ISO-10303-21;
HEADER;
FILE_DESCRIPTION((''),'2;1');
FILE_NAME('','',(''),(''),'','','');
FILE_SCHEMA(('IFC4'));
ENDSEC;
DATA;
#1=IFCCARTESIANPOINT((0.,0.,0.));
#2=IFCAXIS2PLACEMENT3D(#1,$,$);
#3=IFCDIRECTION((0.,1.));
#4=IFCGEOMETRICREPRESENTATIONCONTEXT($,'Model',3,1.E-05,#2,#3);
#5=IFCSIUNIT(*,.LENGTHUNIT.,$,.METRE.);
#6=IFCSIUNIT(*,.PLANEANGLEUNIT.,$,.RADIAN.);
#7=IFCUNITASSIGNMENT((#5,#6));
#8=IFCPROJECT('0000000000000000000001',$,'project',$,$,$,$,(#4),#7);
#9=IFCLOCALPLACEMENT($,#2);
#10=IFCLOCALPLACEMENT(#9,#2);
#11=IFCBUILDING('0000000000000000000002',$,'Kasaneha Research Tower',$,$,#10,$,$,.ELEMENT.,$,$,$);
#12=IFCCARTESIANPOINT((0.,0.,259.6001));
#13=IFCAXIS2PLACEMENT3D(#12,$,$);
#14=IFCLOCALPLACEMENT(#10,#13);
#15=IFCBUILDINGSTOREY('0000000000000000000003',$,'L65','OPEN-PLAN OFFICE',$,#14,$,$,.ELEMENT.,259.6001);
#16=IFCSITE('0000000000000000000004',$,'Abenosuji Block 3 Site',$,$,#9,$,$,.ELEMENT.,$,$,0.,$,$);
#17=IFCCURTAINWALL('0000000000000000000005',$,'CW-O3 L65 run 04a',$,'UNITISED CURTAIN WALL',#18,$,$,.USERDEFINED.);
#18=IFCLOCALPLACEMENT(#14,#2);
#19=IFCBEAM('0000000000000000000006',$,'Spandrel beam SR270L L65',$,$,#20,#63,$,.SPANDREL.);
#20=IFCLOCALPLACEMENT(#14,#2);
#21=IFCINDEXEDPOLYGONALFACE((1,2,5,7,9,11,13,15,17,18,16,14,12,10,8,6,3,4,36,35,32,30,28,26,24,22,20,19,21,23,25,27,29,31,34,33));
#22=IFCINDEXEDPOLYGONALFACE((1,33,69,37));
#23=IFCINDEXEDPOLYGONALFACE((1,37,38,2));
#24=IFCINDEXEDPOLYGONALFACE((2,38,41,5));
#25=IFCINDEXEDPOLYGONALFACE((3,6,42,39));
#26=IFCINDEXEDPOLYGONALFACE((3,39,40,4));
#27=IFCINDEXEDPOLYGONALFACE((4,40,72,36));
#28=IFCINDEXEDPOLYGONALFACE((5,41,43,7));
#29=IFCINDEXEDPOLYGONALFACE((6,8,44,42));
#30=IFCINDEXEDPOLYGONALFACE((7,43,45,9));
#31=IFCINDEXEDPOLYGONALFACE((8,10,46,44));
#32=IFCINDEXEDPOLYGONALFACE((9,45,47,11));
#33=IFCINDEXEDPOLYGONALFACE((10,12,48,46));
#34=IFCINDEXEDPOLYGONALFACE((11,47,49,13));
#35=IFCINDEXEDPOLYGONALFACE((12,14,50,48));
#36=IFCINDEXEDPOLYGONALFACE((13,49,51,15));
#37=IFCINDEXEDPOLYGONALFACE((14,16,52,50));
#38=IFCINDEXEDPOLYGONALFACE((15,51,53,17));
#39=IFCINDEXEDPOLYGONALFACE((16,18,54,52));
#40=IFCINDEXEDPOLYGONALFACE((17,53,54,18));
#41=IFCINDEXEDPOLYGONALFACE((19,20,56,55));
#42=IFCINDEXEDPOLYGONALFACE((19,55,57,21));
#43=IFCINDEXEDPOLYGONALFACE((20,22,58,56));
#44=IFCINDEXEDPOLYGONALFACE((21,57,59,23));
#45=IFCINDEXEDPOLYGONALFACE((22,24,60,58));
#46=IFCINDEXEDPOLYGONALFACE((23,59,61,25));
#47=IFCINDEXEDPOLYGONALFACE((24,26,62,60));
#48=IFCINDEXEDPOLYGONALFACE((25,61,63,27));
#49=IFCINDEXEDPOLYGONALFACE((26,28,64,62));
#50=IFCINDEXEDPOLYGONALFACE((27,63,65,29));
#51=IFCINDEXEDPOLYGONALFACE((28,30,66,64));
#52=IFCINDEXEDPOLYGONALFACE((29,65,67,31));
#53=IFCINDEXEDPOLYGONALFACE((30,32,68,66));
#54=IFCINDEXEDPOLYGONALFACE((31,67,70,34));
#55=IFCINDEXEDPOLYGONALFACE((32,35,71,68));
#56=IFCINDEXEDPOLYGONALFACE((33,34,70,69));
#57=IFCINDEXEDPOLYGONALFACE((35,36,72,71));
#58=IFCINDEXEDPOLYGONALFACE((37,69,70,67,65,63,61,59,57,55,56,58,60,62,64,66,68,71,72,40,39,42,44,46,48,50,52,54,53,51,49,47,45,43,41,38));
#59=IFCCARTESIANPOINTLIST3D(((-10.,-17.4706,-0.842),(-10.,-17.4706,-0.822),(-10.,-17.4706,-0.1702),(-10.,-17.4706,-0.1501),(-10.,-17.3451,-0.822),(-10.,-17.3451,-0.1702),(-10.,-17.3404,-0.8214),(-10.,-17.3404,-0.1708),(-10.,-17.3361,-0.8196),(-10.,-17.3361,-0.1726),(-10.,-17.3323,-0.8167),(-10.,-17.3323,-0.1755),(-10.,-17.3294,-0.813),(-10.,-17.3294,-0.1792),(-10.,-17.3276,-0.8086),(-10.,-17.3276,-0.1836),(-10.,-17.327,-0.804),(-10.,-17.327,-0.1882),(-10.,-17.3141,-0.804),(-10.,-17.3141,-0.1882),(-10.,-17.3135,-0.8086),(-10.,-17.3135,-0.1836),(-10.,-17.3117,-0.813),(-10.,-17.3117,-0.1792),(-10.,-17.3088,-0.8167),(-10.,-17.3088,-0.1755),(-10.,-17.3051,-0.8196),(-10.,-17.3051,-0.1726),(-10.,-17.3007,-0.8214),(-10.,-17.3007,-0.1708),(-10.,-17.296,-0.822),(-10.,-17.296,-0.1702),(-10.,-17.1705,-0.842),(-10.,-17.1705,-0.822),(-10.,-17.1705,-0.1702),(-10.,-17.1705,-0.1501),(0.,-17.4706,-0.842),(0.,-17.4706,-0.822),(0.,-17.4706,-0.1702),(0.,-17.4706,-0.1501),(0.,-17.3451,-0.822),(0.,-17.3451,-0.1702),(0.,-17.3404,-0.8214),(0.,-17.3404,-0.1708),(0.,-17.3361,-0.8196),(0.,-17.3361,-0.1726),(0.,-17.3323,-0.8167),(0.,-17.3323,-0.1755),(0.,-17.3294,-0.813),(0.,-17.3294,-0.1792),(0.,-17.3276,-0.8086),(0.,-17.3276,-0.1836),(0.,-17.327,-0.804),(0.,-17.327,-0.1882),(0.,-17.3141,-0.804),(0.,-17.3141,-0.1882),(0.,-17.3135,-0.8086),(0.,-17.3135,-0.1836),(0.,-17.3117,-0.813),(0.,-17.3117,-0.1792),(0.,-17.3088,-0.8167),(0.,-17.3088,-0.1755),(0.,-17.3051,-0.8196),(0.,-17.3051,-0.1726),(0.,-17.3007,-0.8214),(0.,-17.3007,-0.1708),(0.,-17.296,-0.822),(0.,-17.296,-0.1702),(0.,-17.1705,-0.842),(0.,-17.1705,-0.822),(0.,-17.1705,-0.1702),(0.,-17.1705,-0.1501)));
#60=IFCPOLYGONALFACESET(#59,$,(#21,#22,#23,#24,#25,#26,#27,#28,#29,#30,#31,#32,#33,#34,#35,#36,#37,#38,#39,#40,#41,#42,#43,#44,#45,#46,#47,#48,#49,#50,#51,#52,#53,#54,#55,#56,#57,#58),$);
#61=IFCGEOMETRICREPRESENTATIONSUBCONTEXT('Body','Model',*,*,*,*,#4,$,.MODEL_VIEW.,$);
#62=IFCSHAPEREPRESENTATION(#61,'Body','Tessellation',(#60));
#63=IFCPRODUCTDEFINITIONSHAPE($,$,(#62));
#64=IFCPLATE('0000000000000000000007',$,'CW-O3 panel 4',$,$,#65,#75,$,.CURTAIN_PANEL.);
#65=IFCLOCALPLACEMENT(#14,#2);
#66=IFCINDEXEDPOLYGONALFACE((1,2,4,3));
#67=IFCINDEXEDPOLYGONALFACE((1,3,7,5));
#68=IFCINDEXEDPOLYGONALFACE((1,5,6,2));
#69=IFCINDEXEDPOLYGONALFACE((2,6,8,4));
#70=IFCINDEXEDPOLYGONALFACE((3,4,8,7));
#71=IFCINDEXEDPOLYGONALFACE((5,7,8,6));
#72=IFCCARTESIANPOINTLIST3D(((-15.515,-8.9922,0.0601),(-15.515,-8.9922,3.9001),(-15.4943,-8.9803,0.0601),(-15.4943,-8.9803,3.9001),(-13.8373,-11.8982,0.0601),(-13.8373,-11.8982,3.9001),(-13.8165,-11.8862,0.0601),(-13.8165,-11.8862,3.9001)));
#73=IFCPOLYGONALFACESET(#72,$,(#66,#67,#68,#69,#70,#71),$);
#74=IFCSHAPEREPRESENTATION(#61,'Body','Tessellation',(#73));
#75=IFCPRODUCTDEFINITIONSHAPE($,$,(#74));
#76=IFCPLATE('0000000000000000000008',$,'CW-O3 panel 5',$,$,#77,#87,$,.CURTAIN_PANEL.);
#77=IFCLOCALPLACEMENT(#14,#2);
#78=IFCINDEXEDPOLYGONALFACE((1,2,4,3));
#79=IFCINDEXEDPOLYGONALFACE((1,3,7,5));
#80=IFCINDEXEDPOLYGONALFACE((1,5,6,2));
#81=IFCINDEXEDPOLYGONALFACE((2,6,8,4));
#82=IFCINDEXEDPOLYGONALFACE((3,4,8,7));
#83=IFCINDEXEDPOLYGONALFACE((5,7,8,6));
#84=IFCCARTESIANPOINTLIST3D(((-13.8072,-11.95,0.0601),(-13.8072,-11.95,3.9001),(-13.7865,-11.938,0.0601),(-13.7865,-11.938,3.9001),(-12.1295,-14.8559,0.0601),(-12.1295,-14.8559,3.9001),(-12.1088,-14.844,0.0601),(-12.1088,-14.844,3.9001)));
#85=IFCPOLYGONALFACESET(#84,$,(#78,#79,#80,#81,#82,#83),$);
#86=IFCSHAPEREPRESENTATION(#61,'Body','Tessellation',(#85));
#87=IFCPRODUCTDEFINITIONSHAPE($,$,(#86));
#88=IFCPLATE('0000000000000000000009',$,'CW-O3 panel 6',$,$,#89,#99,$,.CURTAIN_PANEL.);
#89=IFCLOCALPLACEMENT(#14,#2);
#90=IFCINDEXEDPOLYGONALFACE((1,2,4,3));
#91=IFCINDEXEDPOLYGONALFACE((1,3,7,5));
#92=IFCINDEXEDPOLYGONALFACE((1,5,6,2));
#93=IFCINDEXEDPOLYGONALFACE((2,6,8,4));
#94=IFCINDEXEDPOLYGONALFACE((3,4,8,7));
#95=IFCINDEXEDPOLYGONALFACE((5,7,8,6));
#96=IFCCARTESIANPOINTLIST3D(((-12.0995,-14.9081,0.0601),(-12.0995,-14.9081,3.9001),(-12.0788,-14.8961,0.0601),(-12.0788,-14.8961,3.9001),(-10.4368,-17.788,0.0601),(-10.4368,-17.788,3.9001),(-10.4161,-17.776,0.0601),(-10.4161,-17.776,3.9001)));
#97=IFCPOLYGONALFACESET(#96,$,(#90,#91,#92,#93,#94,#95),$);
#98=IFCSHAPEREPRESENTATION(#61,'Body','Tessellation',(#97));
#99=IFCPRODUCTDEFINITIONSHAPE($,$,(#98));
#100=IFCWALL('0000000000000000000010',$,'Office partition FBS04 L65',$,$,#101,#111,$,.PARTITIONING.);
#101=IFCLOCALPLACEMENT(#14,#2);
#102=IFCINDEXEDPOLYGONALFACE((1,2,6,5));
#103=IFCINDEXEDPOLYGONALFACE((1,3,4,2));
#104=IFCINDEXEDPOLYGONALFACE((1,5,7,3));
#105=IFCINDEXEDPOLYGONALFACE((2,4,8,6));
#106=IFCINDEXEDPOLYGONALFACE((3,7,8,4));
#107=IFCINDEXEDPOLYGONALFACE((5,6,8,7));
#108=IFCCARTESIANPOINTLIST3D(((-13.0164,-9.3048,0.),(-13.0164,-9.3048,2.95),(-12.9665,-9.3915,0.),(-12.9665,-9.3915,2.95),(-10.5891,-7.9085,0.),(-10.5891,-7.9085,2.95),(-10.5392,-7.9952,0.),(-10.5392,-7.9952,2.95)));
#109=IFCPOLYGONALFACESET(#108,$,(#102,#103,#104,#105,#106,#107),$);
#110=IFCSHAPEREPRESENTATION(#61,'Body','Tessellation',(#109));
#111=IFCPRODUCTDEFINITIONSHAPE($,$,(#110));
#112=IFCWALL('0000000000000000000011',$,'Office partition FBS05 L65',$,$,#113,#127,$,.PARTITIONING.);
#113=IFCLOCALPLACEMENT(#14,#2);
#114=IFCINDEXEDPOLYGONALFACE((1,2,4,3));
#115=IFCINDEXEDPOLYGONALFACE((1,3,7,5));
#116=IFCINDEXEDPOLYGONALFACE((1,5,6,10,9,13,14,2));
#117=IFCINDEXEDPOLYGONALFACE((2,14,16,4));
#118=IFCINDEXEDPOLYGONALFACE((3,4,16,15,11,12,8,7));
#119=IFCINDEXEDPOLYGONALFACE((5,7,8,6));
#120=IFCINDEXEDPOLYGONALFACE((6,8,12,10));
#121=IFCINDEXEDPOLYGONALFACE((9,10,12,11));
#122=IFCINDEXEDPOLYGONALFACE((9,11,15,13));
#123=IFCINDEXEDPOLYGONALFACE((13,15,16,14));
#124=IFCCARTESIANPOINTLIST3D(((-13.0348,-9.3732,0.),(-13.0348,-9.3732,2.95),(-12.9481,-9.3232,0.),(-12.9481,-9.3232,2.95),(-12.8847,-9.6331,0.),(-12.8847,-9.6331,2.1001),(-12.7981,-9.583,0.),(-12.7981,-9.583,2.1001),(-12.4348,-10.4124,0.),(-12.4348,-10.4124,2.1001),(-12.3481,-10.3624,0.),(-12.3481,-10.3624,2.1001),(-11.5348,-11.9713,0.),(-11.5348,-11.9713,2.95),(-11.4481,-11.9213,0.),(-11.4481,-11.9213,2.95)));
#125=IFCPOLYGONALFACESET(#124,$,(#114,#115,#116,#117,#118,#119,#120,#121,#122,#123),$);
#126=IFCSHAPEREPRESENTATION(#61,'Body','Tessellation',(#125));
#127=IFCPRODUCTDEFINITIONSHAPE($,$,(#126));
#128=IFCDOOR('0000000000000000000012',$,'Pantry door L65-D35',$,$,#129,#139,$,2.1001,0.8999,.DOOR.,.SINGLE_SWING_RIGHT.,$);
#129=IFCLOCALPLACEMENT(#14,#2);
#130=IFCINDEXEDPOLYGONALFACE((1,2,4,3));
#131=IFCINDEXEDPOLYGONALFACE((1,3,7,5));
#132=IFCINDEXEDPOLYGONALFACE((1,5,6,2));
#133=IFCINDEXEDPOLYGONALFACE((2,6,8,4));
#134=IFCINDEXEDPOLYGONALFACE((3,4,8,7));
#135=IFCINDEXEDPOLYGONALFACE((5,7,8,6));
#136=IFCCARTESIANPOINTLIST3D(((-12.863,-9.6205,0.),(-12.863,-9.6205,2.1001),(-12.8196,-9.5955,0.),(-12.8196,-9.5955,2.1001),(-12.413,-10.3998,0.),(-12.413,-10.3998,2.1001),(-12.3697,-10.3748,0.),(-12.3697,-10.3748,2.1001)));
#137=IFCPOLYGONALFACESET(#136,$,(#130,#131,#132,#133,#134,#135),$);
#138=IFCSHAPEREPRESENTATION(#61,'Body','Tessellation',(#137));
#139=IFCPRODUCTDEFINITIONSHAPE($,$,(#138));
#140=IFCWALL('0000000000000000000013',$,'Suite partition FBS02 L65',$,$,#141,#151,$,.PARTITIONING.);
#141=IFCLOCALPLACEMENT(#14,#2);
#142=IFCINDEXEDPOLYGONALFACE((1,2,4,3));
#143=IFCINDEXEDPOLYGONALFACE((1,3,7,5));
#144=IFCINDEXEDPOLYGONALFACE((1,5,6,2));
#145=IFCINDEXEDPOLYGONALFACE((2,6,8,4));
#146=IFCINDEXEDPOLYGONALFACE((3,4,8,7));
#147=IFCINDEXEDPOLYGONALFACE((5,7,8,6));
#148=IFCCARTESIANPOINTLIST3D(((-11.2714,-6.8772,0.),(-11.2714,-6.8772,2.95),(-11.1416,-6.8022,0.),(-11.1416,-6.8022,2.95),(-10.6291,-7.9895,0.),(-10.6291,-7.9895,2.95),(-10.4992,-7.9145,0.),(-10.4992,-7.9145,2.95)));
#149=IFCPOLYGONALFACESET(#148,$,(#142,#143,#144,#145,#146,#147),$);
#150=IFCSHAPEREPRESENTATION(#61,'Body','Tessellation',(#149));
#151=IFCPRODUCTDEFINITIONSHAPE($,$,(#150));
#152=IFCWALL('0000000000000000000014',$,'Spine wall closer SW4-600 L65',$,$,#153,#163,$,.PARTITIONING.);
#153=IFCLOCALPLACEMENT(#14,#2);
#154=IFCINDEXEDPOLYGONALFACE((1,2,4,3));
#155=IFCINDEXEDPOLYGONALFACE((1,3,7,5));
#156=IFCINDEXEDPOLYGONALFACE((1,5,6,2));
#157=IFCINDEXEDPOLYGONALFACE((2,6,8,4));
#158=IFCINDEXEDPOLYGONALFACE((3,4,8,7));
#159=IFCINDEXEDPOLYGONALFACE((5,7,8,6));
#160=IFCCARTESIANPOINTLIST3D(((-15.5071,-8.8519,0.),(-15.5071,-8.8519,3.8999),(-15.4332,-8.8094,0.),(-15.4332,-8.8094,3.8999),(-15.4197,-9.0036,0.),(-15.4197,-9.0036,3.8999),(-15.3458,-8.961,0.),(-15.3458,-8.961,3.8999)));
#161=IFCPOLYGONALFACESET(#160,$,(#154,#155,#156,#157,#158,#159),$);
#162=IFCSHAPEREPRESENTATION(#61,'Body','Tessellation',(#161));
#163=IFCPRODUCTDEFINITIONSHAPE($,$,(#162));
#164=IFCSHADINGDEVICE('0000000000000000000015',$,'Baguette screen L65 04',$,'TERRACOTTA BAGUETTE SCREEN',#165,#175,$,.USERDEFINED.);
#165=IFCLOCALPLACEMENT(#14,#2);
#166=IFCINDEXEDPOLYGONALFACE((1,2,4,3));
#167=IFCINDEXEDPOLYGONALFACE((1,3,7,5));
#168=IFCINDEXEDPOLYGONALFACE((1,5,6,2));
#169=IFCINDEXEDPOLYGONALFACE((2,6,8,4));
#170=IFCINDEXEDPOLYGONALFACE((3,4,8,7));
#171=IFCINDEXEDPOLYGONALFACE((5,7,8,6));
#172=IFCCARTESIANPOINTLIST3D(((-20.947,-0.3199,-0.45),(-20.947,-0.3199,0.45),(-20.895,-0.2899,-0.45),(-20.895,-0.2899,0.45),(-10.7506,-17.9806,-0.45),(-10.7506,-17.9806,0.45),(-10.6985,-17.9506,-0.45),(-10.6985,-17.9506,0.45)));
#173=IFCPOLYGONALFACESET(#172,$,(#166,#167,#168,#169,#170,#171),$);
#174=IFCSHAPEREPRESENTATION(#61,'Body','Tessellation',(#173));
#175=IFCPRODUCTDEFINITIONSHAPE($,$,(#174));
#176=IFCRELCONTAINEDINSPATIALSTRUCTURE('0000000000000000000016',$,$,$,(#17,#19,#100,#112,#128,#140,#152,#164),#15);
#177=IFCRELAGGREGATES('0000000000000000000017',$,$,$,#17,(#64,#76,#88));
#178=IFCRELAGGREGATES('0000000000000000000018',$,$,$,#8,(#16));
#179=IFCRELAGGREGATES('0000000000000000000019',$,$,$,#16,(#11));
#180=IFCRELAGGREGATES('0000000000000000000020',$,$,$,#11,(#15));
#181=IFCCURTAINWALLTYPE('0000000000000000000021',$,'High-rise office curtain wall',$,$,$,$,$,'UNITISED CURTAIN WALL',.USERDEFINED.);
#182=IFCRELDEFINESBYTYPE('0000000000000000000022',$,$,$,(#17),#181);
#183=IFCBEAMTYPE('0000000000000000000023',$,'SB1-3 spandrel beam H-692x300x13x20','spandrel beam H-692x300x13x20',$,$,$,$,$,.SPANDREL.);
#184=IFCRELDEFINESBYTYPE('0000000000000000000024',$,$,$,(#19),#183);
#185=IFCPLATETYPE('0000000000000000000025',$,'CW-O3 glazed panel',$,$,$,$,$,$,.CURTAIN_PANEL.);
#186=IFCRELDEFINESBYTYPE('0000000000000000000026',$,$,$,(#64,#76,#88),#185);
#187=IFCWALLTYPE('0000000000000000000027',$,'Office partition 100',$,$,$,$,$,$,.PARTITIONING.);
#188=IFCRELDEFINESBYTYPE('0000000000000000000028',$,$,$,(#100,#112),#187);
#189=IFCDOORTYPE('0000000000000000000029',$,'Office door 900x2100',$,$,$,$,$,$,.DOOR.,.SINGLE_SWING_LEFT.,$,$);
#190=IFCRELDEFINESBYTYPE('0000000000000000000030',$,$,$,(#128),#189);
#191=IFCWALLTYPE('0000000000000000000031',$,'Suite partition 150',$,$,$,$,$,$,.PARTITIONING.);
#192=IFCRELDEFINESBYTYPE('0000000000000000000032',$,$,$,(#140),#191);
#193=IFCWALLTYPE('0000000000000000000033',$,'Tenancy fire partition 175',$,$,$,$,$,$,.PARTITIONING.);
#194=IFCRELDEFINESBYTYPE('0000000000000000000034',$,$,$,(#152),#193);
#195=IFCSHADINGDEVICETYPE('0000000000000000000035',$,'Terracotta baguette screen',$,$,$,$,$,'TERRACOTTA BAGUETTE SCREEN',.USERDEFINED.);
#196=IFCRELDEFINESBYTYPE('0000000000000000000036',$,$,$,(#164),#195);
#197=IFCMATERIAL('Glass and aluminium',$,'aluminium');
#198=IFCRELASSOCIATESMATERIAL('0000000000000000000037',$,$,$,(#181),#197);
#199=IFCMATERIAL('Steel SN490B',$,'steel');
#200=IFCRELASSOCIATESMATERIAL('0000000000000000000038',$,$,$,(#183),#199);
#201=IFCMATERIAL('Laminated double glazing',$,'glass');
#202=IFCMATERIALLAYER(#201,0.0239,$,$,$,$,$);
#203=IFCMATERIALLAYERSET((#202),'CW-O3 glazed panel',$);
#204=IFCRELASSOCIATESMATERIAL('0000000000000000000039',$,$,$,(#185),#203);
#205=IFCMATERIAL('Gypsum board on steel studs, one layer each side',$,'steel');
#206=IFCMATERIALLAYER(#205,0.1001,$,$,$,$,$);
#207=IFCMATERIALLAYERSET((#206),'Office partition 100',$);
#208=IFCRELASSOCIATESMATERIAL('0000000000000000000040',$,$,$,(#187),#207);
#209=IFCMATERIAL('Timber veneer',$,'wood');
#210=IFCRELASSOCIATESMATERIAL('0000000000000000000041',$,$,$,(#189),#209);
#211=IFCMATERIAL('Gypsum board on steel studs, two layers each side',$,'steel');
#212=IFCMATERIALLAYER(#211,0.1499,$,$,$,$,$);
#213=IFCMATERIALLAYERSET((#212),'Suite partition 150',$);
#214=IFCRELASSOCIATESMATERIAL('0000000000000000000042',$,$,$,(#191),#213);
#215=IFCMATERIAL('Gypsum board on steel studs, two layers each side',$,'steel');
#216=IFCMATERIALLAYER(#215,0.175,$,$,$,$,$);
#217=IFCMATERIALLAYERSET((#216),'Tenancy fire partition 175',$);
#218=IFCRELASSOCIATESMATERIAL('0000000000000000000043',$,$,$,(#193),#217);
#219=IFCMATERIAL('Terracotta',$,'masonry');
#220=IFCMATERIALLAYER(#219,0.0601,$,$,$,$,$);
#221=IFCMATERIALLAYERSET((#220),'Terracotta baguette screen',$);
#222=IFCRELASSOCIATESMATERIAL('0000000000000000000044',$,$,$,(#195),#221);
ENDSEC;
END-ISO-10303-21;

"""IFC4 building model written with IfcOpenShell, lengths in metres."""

from ifc_helpers import new_model, si_unit, direction, frame, frame_2d, origin, origin_2d, place, context, subcontext, project, spatial, rectangle, i_section, extrude, material, layer, layer_set, material_profile, profile_set, type_object, element, fill, aggregate, save


model = new_model("IFC4")

# Units and contexts
model_context = context("Model", 3, precision=1e-05, world=origin(), true_north=direction((0.0, 1.0)))
body_context = subcontext(model_context, "Body", "Model", "MODEL_VIEW")
ifc_project = project(units=[si_unit("LENGTHUNIT", "METRE"), si_unit("PLANEANGLEUNIT", "RADIAN")], contexts=[model_context])

# Site, building, storey
site_placement = place(None, origin())
site = spatial("IfcSite", under=ifc_project, at=site_placement, Name="Abenosuji Block 3 Site", CompositionType="ELEMENT", RefElevation=0.0)
building_placement = place(site_placement, origin())
building = spatial("IfcBuilding", under=site, at=building_placement, Name="Kasaneha Research Tower", CompositionType="ELEMENT")
storey_placement = place(building_placement, frame((0.0, 0.0, 259.6001)))
storey = spatial("IfcBuildingStorey", under=building, at=storey_placement, Name="L65", Description="OPEN-PLAN OFFICE", CompositionType="ELEMENT", Elevation=259.6001)

# Curtain wall
ifc_material_1 = material(Name="Glass and aluminium", Category="aluminium")
curtain_wall_type = type_object("IfcCurtainWallType", Name="High-rise office curtain wall", ElementType="UNITISED CURTAIN WALL", PredefinedType="USERDEFINED", material=ifc_material_1)
curtain_wall_1_placement = place(storey_placement, origin())
curtain_wall_1 = element("IfcCurtainWall", 1, at=curtain_wall_1_placement, inside=storey, type_object=curtain_wall_type, Name="CW-O3 L65 run 04a", ObjectType="UNITISED CURTAIN WALL", PredefinedType="USERDEFINED")

# Beam
ifc_material_2 = material(Name="Steel SN490B", Category="steel")
ifc_material_profile_1 = material_profile(ifc_material_2, i_section(OverallWidth=0.3, OverallDepth=0.6919, WebThickness=0.0129, FlangeThickness=0.02, FilletRadius=0.0181, at=origin_2d()), Name="H-692x300x13x20")
ifc_profile_set_1 = profile_set([ifc_material_profile_1], Name="Steel SN490B")
beam_type_1 = type_object("IfcBeamType", Name="SB1-3 spandrel beam H-692x300x13x20", Description="spandrel beam H-692x300x13x20", PredefinedType="SPANDREL", material=ifc_profile_set_1)
beam_1_placement = place(storey_placement, frame((-10.0, -17.3206, -0.4961), z_axis=(1.0, 0.0, 0.0), x_axis=(0.0, 1.0, 0.0)))
element("IfcBeam", 2, at=beam_1_placement, inside=storey, type_object=beam_type_1, Name="Spandrel beam SR270L L65", PredefinedType="SPANDREL", context=body_context, shape_type="SweptSolid", body=[
    extrude(i_section(OverallWidth=0.3, OverallDepth=0.6919, WebThickness=0.0129, FlangeThickness=0.02, FilletRadius=0.0181, at=origin_2d()), origin(), (0.0, 0.0, 1.0), 10.0),
])

# Plates
ifc_material_3 = material(Name="Laminated double glazing", Category="glass")
ifc_layer_1 = layer(ifc_material_3, 0.0239)
ifc_layer_set_1 = layer_set([ifc_layer_1], Name="CW-O3 glazed panel")
plate_type = type_object("IfcPlateType", Name="CW-O3 glazed panel", PredefinedType="CURTAIN_PANEL", material=ifc_layer_set_1)
plate_1_placement = place(storey_placement, frame((-14.6658, -10.4392, 0.0601), z_axis=(0.0, 0.0, 1.0), x_axis=(0.5, -0.866025, 0.0)))
plate_1 = element("IfcPlate", 3, at=plate_1_placement, type_object=plate_type, Name="CW-O3 panel 4", PredefinedType="CURTAIN_PANEL", context=body_context, shape_type="SweptSolid", body=[
    extrude(rectangle(XDim=3.3555, YDim=0.0239, at=origin_2d()), origin(), (0.0, 0.0, 1.0), 3.8401),
])
plate_2_placement = place(storey_placement, frame((-12.958, -13.397, 0.0601), z_axis=(0.0, 0.0, 1.0), x_axis=(0.5, -0.866025, 0.0)))
plate_2 = element("IfcPlate", 4, at=plate_2_placement, type_object=plate_type, Name="CW-O3 panel 5", PredefinedType="CURTAIN_PANEL", context=body_context, shape_type="SweptSolid", body=[
    extrude(rectangle(XDim=3.3555, YDim=0.0239, at=origin_2d()), origin(), (0.0, 0.0, 1.0), 3.8401),
])
plate_3_placement = place(storey_placement, frame((-11.2578, -16.342, 0.0601), z_axis=(0.0, 0.0, 1.0), x_axis=(0.5, -0.866025, 0.0)))
plate_3 = element("IfcPlate", 5, at=plate_3_placement, type_object=plate_type, Name="CW-O3 panel 6", PredefinedType="CURTAIN_PANEL", context=body_context, shape_type="SweptSolid", body=[
    extrude(rectangle(XDim=3.3254, YDim=0.0239, at=origin_2d()), origin(), (0.0, 0.0, 1.0), 3.8401),
])
aggregate(curtain_wall_1, [plate_1, plate_2, plate_3])

# Wall
ifc_material_4 = material(Name="Gypsum board on steel studs, one layer each side", Category="steel")
ifc_layer_2 = layer(ifc_material_4, 0.1001)
ifc_layer_set_2 = layer_set([ifc_layer_2], Name="Office partition 100")
wall_type_1 = type_object("IfcWallType", Name="Office partition 100", PredefinedType="PARTITIONING", material=ifc_layer_set_2)
wall_1_placement = place(storey_placement, frame((-12.9915, -9.3481, 0.0), z_axis=(0.0, 0.0, 1.0), x_axis=(0.866818, 0.498625, 0.0)))
element("IfcWall", 6, at=wall_1_placement, inside=storey, type_object=wall_type_1, Name="Office partition FBS04 L65", PredefinedType="PARTITIONING", context=body_context, shape_type="SweptSolid", body=[
    extrude(rectangle(XDim=2.8003, YDim=0.1001, at=frame_2d((1.4001, 0.0))), origin(), (0.0, 0.0, 1.0), 2.95),
])

# Wall, opening, door
wall_2_placement = place(storey_placement, frame((-11.4915, -11.9463, 0.0), z_axis=(0.0, 0.0, 1.0), x_axis=(-0.49999, 0.866031, 0.0)))
wall_2 = element("IfcWall", 7, at=wall_2_placement, inside=storey, type_object=wall_type_1, Name="Office partition FBS05 L65", PredefinedType="PARTITIONING", context=body_context, shape_type="SweptSolid", body=[
    extrude(rectangle(XDim=3.0, YDim=0.1001, at=frame_2d((1.5, 0.0))), origin(), (0.0, 0.0, 1.0), 2.95),
])
opening_placement = place(wall_2_placement, frame((1.8, 0.0, 0.0)))
opening = element("IfcOpeningElement", 8, at=opening_placement, cuts=wall_2, PredefinedType="OPENING", context=body_context, shape_type="SweptSolid", body=[
    extrude(rectangle(XDim=0.8999, YDim=2.1001, at=frame_2d((0.45, 1.05))), frame((0.0, 0.0601, 0.0), z_axis=(0.0, -1.0, 0.0), x_axis=(1.0, 0.0, 0.0)), (0.0, 0.0, 1.0), 0.1201),
])
ifc_material_5 = material(Name="Timber veneer", Category="wood")
door_type = type_object("IfcDoorType", Name="Office door 900x2100", OperationType="SINGLE_SWING_LEFT", PredefinedType="DOOR", material=ifc_material_5)
door_placement = place(opening_placement, origin())
door = element("IfcDoor", 9, at=door_placement, inside=storey, type_object=door_type, Name="Pantry door L65-D35", OperationType="SINGLE_SWING_RIGHT", OverallHeight=2.1001, OverallWidth=0.8999, PredefinedType="DOOR", context=body_context, shape_type="SweptSolid", body=[
    extrude(rectangle(XDim=0.8999, YDim=2.1001, at=frame_2d((0.45, 1.05))), frame((0.0, 0.0249, 0.0), z_axis=(0.0, -1.0, 0.0), x_axis=(1.0, 0.0, 0.0)), (0.0, 0.0, 1.0), 0.05),
])
fill(opening, door)

# Walls
ifc_material_6 = material(Name="Gypsum board on steel studs, two layers each side", Category="steel")
ifc_layer_3 = layer(ifc_material_6, 0.1499)
ifc_layer_set_3 = layer_set([ifc_layer_3], Name="Suite partition 150")
wall_type_2 = type_object("IfcWallType", Name="Suite partition 150", PredefinedType="PARTITIONING", material=ifc_layer_set_3)
wall_3_placement = place(storey_placement, frame((-10.5642, -7.9519, 0.0), z_axis=(0.0, 0.0, 1.0), x_axis=(-0.500084, 0.865977, 0.0)))
element("IfcWall", 10, at=wall_3_placement, inside=storey, type_object=wall_type_2, Name="Suite partition FBS02 L65", PredefinedType="PARTITIONING", context=body_context, shape_type="SweptSolid", body=[
    extrude(rectangle(XDim=1.2844, YDim=0.1499, at=frame_2d((0.6421, 0.0))), origin(), (0.0, 0.0, 1.0), 2.95),
])
ifc_material_7 = material(Name="Gypsum board on steel studs, two layers each side", Category="steel")
ifc_layer_4 = layer(ifc_material_7, 0.175)
ifc_layer_set_4 = layer_set([ifc_layer_4], Name="Tenancy fire partition 175")
wall_type_3 = type_object("IfcWallType", Name="Tenancy fire partition 175", PredefinedType="PARTITIONING", material=ifc_layer_set_4)
wall_4_placement = place(storey_placement, frame((-15.3896, -8.8853, 0.0), z_axis=(0.0, 0.0, 1.0), x_axis=(-0.866472, -0.499226, 0.0)))
element("IfcWall", 11, at=wall_4_placement, inside=storey, type_object=wall_type_3, Name="Spine wall closer SW4-600 L65", PredefinedType="PARTITIONING", context=body_context, shape_type="SweptSolid", body=[
    extrude(rectangle(XDim=0.0852, YDim=0.175, at=frame_2d((0.0425, 0.0))), origin(), (0.0, 0.0, 1.0), 3.8999),
])

# Shading device
ifc_material_8 = material(Name="Terracotta", Category="masonry")
ifc_layer_5 = layer(ifc_material_8, 0.0601)
ifc_layer_set_5 = layer_set([ifc_layer_5], Name="Terracotta baguette screen")
shading_device_type = type_object("IfcShadingDeviceType", Name="Terracotta baguette screen", ElementType="TERRACOTTA BAGUETTE SCREEN", PredefinedType="USERDEFINED", material=ifc_layer_set_5)
shading_device_placement = place(storey_placement, frame((-15.8228, -9.1353, -0.45), z_axis=(0.0, 0.0, 1.0), x_axis=(0.5, -0.866025, 0.0)))
element("IfcShadingDevice", 12, at=shading_device_placement, inside=storey, type_object=shading_device_type, Name="Baguette screen L65 04", ObjectType="TERRACOTTA BAGUETTE SCREEN", PredefinedType="USERDEFINED", context=body_context, shape_type="SweptSolid", body=[
    extrude(rectangle(XDim=20.3928, YDim=0.0601, at=origin_2d()), origin(), (0.0, 0.0, 1.0), 0.8999),
])

save(model, "model.ifc")
